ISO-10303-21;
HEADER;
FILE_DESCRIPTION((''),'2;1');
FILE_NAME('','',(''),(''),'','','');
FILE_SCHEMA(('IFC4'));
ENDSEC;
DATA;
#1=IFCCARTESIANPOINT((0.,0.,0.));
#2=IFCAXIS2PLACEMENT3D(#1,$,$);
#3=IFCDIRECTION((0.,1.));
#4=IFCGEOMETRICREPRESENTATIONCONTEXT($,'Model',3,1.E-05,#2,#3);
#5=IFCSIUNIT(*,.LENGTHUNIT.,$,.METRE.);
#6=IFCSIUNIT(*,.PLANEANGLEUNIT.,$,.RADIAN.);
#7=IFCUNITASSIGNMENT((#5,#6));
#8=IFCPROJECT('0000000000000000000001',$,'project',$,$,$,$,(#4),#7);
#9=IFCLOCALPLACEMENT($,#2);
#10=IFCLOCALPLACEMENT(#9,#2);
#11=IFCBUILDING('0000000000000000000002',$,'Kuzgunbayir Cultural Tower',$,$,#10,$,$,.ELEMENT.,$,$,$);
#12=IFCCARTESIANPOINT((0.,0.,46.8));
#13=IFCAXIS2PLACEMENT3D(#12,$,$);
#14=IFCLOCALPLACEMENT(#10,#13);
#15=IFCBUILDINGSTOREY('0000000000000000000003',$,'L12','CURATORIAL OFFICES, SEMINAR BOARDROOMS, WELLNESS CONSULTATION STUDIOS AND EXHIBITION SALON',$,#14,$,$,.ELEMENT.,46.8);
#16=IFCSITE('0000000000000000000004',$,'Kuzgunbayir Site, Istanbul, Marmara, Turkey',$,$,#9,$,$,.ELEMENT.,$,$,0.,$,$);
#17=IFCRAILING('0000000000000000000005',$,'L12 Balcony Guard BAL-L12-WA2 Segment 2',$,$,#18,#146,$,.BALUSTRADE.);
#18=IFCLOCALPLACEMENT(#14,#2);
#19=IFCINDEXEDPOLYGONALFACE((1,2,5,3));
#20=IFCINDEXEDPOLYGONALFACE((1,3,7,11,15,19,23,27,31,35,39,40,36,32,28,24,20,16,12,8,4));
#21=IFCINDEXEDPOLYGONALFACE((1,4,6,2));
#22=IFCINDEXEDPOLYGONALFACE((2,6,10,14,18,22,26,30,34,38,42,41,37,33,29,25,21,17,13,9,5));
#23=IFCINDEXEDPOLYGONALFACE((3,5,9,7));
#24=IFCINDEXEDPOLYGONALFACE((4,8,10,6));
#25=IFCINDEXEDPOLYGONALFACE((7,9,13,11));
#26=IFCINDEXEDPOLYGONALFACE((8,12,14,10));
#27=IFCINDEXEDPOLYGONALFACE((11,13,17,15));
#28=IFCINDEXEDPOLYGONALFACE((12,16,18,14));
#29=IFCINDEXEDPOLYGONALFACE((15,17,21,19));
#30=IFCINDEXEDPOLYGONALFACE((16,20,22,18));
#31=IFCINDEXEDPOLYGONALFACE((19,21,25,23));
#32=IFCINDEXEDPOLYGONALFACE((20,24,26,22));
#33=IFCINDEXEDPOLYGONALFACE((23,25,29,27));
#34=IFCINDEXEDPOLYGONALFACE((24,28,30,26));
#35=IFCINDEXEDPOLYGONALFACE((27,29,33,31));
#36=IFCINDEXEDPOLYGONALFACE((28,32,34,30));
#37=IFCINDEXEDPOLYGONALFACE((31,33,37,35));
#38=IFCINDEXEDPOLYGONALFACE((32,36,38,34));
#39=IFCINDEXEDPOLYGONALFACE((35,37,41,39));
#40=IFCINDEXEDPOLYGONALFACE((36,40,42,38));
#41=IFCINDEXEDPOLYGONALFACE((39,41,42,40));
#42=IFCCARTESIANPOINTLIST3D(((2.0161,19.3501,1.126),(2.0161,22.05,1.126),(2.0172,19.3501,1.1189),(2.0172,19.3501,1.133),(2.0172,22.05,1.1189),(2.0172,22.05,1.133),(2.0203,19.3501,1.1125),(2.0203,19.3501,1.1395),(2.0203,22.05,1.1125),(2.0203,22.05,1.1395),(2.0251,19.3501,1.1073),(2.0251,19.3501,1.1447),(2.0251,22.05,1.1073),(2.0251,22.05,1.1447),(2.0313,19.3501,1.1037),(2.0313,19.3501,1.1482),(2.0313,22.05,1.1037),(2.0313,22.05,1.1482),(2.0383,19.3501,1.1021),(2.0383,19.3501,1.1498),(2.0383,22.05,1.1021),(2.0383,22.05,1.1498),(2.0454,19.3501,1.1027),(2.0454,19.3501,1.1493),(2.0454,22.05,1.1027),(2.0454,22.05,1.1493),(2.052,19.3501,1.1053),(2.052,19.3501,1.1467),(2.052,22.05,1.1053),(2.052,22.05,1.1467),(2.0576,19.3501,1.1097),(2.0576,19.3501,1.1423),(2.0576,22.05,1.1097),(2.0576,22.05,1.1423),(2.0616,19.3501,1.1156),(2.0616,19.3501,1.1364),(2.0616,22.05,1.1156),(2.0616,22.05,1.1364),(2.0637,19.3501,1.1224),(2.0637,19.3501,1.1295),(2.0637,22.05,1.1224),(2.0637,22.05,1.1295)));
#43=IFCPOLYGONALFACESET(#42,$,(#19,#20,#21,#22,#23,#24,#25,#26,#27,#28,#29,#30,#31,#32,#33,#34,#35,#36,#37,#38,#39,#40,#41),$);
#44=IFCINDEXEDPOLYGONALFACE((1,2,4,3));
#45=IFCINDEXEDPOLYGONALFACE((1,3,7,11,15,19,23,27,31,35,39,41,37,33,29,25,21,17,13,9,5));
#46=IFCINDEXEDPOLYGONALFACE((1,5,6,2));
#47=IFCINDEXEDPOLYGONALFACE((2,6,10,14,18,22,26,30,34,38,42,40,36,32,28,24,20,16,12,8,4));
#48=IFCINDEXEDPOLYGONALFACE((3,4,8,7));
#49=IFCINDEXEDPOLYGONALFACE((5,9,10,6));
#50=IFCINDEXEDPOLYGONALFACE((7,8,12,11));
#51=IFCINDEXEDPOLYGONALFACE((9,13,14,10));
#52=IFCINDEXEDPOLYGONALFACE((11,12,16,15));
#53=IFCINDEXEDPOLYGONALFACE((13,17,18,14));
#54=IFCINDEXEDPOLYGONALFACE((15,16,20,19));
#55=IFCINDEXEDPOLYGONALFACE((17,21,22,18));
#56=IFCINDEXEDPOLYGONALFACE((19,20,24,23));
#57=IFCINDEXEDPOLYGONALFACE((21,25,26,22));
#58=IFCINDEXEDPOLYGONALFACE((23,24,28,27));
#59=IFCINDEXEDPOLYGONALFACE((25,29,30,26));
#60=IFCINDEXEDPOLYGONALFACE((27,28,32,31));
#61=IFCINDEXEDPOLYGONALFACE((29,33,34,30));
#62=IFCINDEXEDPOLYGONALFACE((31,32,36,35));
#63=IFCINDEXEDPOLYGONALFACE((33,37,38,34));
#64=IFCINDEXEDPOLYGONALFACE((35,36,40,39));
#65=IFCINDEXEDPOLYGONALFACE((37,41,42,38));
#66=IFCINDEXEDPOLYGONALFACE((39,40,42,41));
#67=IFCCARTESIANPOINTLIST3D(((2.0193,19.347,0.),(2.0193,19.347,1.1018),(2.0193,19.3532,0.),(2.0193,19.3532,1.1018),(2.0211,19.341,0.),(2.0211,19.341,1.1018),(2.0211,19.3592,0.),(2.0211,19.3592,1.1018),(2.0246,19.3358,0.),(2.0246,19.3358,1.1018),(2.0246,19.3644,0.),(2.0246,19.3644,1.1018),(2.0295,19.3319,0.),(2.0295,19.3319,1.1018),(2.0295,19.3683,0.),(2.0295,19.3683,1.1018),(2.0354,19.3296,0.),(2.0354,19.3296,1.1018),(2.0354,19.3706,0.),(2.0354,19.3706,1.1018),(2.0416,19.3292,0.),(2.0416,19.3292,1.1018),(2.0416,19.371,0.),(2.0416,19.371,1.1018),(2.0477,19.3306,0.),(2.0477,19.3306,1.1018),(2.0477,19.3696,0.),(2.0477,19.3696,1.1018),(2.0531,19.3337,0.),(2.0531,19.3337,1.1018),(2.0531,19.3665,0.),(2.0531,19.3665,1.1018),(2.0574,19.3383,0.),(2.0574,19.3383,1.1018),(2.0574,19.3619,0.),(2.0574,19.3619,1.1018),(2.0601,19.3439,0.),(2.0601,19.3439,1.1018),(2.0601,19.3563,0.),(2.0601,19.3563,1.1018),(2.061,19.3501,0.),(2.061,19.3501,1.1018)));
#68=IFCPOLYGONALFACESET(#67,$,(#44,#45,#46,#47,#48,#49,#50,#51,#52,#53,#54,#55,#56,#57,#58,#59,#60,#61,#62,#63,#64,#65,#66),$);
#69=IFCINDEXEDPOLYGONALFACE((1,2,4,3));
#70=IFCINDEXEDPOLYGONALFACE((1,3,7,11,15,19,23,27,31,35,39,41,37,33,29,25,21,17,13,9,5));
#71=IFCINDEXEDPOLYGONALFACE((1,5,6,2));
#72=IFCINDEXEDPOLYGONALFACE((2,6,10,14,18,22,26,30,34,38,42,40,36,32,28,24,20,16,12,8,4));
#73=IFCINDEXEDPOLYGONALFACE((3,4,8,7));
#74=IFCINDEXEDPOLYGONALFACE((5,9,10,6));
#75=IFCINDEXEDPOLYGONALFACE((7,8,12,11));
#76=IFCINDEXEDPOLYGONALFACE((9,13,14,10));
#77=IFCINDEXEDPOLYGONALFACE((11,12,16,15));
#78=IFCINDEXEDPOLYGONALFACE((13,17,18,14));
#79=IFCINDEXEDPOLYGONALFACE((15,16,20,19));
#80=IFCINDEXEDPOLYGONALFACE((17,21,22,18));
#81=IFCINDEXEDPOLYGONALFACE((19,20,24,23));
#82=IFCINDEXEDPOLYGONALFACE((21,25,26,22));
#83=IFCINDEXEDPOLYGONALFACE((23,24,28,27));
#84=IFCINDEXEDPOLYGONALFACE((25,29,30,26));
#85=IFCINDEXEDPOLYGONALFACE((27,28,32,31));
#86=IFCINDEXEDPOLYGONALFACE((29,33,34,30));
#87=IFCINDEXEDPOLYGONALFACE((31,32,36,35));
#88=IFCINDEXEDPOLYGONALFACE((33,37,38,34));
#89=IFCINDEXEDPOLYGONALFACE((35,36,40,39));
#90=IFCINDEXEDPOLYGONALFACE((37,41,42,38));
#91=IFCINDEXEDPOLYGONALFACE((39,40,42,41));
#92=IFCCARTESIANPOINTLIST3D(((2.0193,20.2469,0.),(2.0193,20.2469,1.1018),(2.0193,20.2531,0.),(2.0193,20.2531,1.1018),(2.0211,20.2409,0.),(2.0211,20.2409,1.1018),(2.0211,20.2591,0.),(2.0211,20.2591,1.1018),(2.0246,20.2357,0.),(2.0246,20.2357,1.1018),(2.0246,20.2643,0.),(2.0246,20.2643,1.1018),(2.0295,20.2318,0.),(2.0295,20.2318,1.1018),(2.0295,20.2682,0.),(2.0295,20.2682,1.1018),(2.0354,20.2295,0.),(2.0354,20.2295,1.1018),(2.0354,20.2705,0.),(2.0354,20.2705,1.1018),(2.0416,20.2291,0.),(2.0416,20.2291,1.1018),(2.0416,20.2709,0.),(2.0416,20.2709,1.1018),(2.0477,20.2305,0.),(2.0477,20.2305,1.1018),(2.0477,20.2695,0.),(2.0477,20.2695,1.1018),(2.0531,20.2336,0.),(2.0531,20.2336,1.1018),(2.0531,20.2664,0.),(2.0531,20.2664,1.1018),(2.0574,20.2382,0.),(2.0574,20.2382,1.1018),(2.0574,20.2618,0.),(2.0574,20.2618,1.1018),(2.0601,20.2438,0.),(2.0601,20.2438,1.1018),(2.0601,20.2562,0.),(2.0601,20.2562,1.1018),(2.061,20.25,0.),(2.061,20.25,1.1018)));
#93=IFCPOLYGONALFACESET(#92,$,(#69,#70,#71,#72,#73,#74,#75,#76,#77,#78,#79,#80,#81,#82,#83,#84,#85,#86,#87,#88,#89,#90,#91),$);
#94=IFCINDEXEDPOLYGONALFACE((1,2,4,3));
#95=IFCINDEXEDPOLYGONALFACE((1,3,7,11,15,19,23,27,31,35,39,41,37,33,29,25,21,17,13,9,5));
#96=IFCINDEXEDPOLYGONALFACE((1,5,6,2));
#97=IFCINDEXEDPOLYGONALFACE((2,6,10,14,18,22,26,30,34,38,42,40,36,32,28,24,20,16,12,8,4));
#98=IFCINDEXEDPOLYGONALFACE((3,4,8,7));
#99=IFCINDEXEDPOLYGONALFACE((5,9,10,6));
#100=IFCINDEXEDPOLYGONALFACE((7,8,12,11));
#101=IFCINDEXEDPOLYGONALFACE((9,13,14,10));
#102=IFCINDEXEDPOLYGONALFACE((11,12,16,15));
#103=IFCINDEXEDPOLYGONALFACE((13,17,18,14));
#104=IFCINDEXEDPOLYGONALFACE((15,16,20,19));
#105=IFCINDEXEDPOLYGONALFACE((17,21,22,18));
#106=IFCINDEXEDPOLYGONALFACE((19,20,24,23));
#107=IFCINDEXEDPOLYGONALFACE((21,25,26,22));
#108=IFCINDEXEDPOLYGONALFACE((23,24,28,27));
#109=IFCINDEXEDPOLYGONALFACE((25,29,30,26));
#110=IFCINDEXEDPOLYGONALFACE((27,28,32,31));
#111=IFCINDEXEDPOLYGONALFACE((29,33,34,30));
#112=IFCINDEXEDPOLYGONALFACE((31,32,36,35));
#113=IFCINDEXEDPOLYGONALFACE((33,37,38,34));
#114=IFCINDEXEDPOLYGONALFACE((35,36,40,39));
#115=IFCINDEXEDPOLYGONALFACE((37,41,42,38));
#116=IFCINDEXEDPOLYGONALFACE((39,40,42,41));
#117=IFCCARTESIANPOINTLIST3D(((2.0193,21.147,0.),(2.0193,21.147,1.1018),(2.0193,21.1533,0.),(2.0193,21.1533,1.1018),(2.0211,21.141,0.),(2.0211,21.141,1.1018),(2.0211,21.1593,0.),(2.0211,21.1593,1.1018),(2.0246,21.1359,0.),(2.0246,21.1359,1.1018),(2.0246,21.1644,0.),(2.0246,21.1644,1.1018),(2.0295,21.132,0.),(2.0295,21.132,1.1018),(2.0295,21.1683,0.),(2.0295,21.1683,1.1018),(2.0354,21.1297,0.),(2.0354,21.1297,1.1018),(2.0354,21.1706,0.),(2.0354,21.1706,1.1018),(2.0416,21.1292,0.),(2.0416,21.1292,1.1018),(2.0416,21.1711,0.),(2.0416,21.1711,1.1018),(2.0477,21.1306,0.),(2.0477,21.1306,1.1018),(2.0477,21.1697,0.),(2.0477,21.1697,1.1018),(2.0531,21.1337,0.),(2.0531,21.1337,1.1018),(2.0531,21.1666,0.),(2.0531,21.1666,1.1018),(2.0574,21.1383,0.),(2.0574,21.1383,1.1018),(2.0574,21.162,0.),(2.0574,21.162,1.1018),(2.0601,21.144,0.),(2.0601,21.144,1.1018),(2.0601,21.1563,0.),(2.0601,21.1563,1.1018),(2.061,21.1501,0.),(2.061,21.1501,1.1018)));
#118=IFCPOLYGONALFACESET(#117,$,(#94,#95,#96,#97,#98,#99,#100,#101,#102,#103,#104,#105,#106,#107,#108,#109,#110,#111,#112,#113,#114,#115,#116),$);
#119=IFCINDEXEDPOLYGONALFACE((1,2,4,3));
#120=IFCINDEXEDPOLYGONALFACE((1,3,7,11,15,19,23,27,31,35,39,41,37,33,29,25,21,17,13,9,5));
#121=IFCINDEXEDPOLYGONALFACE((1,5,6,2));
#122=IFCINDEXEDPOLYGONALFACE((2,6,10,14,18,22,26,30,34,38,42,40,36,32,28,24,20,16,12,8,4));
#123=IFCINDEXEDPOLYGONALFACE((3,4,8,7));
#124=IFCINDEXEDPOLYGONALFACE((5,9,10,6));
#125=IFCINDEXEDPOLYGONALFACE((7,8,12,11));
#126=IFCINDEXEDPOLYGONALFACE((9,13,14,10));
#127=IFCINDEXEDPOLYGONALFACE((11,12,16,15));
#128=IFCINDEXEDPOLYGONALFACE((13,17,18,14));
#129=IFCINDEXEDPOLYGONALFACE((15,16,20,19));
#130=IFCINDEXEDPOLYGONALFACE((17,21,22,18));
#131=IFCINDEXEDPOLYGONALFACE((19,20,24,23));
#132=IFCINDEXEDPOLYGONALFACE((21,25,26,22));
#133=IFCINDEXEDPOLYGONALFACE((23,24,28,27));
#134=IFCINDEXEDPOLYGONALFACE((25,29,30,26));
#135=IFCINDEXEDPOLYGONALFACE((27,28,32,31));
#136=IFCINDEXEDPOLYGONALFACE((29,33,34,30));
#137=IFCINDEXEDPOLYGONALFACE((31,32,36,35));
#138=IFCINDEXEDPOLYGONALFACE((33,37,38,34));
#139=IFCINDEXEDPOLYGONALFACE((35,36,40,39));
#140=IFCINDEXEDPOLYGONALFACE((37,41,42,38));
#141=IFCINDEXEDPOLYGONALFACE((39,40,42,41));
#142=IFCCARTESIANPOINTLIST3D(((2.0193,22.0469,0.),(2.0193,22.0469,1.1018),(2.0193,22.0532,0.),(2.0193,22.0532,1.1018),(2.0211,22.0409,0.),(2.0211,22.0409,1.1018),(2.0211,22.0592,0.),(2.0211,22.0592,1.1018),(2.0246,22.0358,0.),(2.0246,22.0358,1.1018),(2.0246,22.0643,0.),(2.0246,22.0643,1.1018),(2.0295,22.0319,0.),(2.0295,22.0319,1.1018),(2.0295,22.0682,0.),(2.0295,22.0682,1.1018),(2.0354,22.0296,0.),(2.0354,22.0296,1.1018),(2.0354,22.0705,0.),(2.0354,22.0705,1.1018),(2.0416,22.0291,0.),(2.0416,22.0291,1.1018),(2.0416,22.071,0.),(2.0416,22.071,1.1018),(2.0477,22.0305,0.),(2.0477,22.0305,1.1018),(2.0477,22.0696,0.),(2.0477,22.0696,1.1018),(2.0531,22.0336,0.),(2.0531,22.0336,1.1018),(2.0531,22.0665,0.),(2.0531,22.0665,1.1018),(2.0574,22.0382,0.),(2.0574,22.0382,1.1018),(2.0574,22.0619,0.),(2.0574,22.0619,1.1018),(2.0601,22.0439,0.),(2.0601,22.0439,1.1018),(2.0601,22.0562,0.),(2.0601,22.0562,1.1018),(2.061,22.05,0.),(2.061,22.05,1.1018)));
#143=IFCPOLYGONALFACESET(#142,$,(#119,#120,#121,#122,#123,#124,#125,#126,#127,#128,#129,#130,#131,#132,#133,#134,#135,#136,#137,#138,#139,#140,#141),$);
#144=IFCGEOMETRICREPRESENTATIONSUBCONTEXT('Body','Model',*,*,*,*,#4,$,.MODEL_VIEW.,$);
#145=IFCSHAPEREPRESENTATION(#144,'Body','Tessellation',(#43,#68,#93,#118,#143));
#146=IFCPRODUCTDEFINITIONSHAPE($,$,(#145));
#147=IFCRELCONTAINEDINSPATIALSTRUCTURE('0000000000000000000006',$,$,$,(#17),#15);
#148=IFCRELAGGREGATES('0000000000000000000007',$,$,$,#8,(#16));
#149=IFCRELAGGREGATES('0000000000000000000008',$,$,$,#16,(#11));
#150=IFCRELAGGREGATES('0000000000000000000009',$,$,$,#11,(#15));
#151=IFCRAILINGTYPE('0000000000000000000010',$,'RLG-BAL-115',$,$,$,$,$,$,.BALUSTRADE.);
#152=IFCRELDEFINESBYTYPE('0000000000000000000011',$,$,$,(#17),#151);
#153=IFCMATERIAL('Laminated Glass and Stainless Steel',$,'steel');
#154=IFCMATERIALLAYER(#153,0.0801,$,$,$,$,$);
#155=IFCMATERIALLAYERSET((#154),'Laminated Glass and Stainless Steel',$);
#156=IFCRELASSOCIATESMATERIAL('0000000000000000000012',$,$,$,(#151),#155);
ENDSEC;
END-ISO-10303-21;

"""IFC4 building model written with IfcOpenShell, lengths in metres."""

from ifc_helpers import new_model, si_unit, direction, frame, origin, origin_2d, place, context, subcontext, project, spatial, circle, extrude, material, layer, layer_set, type_object, element, save


model = new_model("IFC4")

# Units and contexts
model_context = context("Model", 3, precision=1e-05, world=origin(), true_north=direction((0.0, 1.0)))
body_context = subcontext(model_context, "Body", "Model", "MODEL_VIEW")
ifc_project = project(units=[si_unit("LENGTHUNIT", "METRE"), si_unit("PLANEANGLEUNIT", "RADIAN")], contexts=[model_context])

# Site, building, storey
site_placement = place(None, origin())
site = spatial("IfcSite", under=ifc_project, at=site_placement, Name="Kuzgunbayir Site, Istanbul, Marmara, Turkey", CompositionType="ELEMENT", RefElevation=0.0)
building_placement = place(site_placement, origin())
building = spatial("IfcBuilding", under=site, at=building_placement, Name="Kuzgunbayir Cultural Tower", CompositionType="ELEMENT")
storey_placement = place(building_placement, frame((0.0, 0.0, 46.8)))
storey = spatial("IfcBuildingStorey", under=building, at=storey_placement, Name="L12", Description="CURATORIAL OFFICES, SEMINAR BOARDROOMS, WELLNESS CONSULTATION STUDIOS AND EXHIBITION SALON", CompositionType="ELEMENT", Elevation=46.8)

# Railing
ifc_material_1 = material(Name="Laminated Glass and Stainless Steel", Category="steel")
ifc_layer_1 = layer(ifc_material_1, 0.0801)
ifc_layer_set_1 = layer_set([ifc_layer_1], Name="Laminated Glass and Stainless Steel")
railing_type = type_object("IfcRailingType", Name="RLG-BAL-115", PredefinedType="BALUSTRADE", material=ifc_layer_set_1)
railing_1_placement = place(storey_placement, frame((2.04, 19.3501, 0.0)))
element("IfcRailing", 1, at=railing_1_placement, inside=storey, type_object=railing_type, Name="L12 Balcony Guard BAL-L12-WA2 Segment 2", PredefinedType="BALUSTRADE", context=body_context, shape_type="SweptSolid", body=[
    extrude(circle(Radius=0.0239, at=origin_2d()), frame((0.0, 0.0, 1.126), z_axis=(0.0, 1.0, 0.0), x_axis=(-1.0, 0.0, 0.0)), (0.0, 0.0, 1.0), 2.7),
    extrude(circle(Radius=0.021, at=origin_2d()), origin(), (0.0, 0.0, 1.0), 1.1018),
    extrude(circle(Radius=0.021, at=origin_2d()), frame((0.0, 0.8999, 0.0)), (0.0, 0.0, 1.0), 1.1018),
    extrude(circle(Radius=0.021, at=origin_2d()), frame((0.0, 1.8, 0.0)), (0.0, 0.0, 1.0), 1.1018),
    extrude(circle(Radius=0.021, at=origin_2d()), frame((0.0, 2.7, 0.0)), (0.0, 0.0, 1.0), 1.1018),
])

save(model, "model.ifc")
